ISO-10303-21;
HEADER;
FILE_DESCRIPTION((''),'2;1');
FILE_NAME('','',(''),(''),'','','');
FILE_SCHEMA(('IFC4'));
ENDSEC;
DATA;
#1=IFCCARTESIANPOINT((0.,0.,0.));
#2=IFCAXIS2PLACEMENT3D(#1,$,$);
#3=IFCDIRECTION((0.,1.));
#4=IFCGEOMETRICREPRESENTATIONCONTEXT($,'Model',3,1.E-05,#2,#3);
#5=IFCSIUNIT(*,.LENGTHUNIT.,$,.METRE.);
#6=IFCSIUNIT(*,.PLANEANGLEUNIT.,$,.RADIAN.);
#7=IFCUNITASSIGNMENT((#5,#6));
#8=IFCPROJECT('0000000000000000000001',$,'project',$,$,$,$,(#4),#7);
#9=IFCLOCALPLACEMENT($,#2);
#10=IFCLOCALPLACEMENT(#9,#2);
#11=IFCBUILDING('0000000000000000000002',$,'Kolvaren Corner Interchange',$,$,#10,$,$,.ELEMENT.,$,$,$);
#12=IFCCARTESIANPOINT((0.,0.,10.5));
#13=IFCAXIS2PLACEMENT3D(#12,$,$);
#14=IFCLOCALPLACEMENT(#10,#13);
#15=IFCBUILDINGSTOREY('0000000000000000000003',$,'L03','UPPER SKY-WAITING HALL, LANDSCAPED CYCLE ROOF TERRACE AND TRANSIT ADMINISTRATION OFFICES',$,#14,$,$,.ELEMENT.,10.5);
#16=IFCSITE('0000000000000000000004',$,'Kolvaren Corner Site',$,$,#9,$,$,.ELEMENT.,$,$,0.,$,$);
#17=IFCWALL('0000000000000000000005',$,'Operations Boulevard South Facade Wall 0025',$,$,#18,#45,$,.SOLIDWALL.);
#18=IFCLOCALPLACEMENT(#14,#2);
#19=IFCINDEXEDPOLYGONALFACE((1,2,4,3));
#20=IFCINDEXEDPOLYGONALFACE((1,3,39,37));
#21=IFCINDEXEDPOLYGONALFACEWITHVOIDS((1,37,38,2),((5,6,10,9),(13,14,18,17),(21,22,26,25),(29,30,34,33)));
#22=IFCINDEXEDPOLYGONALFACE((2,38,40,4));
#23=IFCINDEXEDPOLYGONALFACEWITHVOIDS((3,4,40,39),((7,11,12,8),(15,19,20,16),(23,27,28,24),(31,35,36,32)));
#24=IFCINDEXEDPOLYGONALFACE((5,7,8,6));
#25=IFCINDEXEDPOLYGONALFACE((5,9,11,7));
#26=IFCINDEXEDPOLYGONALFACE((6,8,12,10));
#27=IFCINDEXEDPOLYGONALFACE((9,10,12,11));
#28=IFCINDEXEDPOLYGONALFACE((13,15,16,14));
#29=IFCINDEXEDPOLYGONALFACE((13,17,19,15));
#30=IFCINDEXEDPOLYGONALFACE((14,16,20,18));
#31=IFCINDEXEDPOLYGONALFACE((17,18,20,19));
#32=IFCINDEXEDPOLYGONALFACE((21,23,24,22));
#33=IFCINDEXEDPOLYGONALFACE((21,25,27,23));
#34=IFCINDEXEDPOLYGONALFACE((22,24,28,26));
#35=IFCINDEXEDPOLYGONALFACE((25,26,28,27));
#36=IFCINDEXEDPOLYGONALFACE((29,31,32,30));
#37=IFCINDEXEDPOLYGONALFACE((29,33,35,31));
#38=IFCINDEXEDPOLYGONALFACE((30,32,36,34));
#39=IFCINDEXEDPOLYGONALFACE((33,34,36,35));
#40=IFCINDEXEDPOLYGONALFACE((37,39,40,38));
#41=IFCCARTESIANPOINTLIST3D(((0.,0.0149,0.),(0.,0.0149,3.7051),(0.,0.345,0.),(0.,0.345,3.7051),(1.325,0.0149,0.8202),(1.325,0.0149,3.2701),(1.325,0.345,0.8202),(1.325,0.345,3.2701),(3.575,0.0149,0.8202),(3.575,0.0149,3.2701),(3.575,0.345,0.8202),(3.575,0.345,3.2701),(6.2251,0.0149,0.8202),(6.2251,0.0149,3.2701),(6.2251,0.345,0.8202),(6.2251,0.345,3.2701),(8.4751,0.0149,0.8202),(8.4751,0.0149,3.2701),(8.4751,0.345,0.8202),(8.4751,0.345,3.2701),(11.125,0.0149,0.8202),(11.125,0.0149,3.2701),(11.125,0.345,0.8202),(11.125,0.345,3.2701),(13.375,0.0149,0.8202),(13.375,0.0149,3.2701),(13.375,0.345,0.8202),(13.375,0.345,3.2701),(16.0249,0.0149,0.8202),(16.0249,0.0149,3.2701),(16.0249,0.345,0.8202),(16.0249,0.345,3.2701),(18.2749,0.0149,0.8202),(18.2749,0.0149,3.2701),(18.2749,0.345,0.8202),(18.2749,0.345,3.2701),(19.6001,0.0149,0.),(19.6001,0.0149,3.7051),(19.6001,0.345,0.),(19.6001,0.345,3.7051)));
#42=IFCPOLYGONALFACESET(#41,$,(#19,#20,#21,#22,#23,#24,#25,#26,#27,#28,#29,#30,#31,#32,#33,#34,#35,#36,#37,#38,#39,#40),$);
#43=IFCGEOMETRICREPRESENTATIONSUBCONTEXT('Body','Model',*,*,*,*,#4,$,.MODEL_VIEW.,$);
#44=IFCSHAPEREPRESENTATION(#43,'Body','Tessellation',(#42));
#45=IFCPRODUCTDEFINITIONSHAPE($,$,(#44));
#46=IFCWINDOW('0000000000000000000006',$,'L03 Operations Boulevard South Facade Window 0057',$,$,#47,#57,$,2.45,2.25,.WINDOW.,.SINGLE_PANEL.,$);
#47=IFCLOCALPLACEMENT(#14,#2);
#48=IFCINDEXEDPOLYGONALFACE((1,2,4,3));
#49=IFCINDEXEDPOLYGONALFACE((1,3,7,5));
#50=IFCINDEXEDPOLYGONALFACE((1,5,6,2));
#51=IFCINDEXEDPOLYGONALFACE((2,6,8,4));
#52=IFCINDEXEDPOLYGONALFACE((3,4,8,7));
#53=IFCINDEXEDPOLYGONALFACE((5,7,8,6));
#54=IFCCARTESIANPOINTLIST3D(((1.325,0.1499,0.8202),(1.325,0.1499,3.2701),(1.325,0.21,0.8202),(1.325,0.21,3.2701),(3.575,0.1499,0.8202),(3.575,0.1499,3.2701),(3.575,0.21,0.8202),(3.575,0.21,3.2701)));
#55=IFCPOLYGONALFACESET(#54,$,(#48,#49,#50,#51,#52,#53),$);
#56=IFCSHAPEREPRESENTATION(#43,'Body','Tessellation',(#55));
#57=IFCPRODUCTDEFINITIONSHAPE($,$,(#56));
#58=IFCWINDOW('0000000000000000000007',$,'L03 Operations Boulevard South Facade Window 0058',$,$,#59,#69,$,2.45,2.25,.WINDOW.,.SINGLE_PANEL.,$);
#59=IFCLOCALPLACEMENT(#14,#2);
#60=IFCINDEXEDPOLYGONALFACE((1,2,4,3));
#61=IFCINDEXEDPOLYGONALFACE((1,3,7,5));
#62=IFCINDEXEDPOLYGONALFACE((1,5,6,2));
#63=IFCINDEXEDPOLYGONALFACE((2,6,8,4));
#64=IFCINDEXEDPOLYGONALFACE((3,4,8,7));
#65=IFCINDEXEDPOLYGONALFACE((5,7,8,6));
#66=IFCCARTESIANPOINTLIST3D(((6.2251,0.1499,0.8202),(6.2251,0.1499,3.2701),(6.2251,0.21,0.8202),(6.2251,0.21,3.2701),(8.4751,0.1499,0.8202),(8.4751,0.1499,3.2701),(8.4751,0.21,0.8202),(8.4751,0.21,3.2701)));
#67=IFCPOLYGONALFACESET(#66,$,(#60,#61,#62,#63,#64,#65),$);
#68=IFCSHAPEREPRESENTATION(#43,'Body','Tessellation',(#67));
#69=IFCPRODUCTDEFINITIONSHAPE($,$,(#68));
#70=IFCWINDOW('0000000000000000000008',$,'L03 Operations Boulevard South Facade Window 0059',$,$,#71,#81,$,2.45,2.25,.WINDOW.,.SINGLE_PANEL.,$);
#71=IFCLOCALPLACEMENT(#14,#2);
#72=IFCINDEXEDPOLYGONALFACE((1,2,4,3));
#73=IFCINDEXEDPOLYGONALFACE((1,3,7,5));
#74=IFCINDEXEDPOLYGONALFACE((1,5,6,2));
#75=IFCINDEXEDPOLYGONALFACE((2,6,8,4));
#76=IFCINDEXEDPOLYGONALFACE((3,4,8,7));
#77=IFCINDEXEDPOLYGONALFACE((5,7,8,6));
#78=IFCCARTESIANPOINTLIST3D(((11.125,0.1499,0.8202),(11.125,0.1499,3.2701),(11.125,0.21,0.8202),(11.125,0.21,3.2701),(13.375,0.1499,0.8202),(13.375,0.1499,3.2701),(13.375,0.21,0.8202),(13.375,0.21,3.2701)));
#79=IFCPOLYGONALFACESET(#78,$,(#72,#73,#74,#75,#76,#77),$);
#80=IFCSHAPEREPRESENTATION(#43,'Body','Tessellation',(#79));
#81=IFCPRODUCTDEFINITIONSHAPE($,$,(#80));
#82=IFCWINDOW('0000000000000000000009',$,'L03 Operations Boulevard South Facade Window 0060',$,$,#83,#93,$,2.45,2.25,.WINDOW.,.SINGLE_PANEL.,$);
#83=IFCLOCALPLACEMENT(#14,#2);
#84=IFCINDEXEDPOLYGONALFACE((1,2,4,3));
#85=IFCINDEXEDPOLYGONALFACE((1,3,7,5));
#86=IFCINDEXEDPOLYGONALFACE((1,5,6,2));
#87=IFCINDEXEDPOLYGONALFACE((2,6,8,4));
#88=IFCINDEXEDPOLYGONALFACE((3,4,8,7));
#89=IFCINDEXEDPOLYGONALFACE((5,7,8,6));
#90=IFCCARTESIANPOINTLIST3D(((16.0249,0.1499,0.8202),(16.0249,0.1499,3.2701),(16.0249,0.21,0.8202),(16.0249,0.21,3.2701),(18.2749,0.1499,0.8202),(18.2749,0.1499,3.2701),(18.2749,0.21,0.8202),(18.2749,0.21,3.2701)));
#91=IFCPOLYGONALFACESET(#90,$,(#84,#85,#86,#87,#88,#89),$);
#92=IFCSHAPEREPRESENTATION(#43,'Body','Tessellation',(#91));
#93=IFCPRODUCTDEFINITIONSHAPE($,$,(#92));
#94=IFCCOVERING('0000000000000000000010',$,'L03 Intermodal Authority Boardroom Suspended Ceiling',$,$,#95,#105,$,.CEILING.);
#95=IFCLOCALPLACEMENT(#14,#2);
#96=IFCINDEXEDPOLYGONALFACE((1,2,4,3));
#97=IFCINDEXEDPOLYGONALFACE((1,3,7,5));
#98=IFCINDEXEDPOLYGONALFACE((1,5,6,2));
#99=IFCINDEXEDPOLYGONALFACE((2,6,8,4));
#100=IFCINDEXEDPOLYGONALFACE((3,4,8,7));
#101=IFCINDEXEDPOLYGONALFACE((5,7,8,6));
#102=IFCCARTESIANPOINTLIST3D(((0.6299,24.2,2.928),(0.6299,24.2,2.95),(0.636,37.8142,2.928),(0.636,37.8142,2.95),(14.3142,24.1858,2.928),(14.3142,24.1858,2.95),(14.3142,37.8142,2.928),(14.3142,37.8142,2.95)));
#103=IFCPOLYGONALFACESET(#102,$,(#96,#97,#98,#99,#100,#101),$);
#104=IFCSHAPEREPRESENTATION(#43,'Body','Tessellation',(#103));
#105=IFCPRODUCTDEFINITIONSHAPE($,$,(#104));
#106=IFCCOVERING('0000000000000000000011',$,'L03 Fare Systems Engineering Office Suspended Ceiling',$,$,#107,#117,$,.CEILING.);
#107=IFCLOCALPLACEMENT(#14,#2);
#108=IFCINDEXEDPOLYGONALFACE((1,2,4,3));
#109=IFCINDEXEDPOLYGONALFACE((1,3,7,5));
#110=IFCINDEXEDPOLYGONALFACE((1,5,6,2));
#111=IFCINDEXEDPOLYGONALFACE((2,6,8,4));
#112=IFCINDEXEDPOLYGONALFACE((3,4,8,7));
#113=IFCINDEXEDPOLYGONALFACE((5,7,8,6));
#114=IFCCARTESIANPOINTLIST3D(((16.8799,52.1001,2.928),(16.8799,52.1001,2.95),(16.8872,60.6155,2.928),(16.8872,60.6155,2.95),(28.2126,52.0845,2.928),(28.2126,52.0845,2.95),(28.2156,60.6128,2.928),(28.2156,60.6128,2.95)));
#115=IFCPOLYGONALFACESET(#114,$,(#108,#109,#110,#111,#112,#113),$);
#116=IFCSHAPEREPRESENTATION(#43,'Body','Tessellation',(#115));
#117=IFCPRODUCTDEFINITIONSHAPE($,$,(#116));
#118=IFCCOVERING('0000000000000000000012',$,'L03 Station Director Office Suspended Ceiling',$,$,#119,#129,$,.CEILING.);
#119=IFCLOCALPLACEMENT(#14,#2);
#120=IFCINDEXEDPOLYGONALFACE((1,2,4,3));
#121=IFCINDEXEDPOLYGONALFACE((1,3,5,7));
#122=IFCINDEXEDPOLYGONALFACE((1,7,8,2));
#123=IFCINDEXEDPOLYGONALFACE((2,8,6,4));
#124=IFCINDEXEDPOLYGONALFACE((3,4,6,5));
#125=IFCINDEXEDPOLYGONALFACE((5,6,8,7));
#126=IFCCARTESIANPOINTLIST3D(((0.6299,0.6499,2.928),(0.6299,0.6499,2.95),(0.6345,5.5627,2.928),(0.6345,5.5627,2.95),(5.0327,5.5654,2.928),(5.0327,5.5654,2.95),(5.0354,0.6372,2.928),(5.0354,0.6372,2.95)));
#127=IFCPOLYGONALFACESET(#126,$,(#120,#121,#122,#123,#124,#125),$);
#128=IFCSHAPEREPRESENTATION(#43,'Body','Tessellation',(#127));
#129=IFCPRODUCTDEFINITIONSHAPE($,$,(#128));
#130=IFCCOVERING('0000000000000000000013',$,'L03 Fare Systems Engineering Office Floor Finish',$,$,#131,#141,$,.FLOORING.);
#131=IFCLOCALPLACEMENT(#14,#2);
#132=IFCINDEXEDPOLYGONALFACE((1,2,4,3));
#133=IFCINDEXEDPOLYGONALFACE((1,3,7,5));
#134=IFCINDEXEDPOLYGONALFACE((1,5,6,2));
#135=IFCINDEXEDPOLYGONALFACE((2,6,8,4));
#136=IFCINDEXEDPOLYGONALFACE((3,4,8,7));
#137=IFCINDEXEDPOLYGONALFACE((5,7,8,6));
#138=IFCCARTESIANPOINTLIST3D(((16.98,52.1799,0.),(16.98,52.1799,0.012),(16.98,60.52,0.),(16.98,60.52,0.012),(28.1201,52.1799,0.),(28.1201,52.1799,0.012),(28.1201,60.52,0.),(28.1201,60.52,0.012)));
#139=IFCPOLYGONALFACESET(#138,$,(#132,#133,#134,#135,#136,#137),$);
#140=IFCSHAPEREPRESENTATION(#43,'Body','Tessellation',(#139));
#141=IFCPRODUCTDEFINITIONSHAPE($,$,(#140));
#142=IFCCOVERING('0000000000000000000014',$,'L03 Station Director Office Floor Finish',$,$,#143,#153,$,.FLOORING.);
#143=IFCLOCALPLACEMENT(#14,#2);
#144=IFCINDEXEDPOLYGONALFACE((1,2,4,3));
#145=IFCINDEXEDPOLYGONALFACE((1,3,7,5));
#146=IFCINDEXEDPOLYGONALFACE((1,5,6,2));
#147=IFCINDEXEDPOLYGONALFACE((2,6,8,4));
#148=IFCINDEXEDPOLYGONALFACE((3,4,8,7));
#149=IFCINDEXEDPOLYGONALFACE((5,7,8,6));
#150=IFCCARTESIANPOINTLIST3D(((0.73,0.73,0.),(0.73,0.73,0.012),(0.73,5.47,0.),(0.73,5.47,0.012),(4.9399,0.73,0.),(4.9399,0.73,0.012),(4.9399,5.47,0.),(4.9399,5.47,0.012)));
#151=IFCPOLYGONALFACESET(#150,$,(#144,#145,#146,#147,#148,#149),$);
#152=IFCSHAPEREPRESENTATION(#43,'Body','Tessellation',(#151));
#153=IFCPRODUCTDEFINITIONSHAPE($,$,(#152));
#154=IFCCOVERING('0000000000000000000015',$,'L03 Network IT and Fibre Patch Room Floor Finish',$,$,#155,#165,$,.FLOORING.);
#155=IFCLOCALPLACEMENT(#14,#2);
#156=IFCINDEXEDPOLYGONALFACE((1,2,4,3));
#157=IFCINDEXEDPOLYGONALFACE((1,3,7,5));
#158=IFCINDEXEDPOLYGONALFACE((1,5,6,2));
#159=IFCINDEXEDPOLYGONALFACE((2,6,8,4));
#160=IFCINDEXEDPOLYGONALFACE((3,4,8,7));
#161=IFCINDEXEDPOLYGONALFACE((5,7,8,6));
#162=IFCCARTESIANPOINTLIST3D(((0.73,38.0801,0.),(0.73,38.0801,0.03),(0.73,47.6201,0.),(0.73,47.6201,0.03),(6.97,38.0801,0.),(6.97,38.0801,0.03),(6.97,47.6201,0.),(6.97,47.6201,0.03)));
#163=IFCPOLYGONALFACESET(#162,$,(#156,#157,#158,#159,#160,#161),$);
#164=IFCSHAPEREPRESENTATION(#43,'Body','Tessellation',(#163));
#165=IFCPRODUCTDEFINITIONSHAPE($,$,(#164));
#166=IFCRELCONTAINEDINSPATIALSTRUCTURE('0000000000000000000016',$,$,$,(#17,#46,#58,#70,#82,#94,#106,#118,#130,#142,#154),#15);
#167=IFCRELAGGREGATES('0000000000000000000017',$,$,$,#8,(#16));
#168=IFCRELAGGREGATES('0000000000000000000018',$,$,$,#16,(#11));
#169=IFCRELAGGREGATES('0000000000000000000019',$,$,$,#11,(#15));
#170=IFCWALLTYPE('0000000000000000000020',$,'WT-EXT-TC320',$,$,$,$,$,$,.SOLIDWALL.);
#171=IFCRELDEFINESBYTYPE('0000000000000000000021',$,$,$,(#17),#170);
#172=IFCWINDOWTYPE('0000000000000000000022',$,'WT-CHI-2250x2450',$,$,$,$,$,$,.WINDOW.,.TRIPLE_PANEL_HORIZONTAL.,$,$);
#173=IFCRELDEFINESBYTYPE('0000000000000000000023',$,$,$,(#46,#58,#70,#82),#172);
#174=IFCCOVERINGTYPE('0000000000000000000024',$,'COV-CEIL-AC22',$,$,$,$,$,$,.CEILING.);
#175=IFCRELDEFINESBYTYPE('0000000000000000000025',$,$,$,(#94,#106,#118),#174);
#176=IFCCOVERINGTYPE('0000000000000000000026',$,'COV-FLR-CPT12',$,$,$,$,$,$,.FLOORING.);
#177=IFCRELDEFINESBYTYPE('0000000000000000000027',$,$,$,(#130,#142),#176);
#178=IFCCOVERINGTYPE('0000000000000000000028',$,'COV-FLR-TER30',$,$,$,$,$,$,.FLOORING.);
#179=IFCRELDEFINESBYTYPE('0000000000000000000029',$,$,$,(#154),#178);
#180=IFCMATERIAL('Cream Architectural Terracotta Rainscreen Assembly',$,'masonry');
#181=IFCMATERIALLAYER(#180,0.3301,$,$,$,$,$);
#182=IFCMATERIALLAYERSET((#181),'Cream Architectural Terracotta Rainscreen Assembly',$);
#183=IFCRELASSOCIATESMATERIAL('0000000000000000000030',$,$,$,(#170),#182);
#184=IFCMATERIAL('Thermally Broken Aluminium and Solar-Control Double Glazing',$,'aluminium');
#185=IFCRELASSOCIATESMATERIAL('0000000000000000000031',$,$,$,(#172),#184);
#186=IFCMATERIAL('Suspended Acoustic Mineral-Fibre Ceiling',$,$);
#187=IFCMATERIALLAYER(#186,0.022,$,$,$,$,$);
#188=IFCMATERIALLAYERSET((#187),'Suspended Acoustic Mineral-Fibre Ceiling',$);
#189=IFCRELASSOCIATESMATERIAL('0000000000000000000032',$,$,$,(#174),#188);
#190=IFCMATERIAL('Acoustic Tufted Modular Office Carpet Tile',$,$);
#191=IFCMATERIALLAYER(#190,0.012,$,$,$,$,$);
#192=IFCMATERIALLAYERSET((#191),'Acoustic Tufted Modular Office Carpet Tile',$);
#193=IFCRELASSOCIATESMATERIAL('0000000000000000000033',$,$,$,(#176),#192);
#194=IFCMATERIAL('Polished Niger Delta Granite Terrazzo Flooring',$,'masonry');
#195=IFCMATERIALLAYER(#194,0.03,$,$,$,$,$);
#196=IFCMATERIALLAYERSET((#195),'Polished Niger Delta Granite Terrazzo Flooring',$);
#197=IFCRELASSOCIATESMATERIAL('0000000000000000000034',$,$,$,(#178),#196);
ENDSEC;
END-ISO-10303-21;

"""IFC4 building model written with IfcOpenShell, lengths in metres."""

from ifc_helpers import new_model, si_unit, direction, frame, frame_2d, origin, place, context, subcontext, project, spatial, polyline, rectangle, outline, extrude, material, layer, layer_set, type_object, element, fill, save


model = new_model("IFC4")

# Units and contexts
model_context = context("Model", 3, precision=1e-05, world=origin(), true_north=direction((0.0, 1.0)))
body_context = subcontext(model_context, "Body", "Model", "MODEL_VIEW")
ifc_project = project(units=[si_unit("LENGTHUNIT", "METRE"), si_unit("PLANEANGLEUNIT", "RADIAN")], contexts=[model_context])

# Site, building, storey
site_placement = place(None, origin())
site = spatial("IfcSite", under=ifc_project, at=site_placement, Name="Kolvaren Corner Site", CompositionType="ELEMENT", RefElevation=0.0)
building_placement = place(site_placement, origin())
building = spatial("IfcBuilding", under=site, at=building_placement, Name="Kolvaren Corner Interchange", CompositionType="ELEMENT")
storey_placement = place(building_placement, frame((0.0, 0.0, 10.5)))
storey = spatial("IfcBuildingStorey", under=building, at=storey_placement, Name="L03", Description="UPPER SKY-WAITING HALL, LANDSCAPED CYCLE ROOF TERRACE AND TRANSIT ADMINISTRATION OFFICES", CompositionType="ELEMENT", Elevation=10.5)

# Wall, openings, windows
ifc_material_1 = material(Name="Cream Architectural Terracotta Rainscreen Assembly", Category="masonry")
ifc_layer_1 = layer(ifc_material_1, 0.3301)
ifc_layer_set_1 = layer_set([ifc_layer_1], Name="Cream Architectural Terracotta Rainscreen Assembly")
wall_type = type_object("IfcWallType", Name="WT-EXT-TC320", PredefinedType="SOLIDWALL", material=ifc_layer_set_1)
wall_placement = place(storey_placement, frame((0.0, 0.1799, 0.0), z_axis=(0.0, 0.0, 1.0), x_axis=(1.0, 0.0, 0.0)))
wall = element("IfcWall", 1, at=wall_placement, inside=storey, type_object=wall_type, Name="Operations Boulevard South Facade Wall 0025", PredefinedType="SOLIDWALL", context=body_context, shape_type="SweptSolid", body=[
    extrude(rectangle(XDim=19.6001, YDim=0.3301, at=frame_2d((9.8, 0.0))), origin(), (0.0, 0.0, 1.0), 3.7051),
])
opening_1_placement = place(wall_placement, frame((1.325, 0.0, 0.8201)))
opening_1 = element("IfcOpeningElement", 2, at=opening_1_placement, cuts=wall, PredefinedType="OPENING", context=body_context, shape_type="SweptSolid", body=[
    extrude(rectangle(XDim=2.25, YDim=2.45, at=frame_2d((1.125, 1.2251))), frame((0.0, 0.175, 0.0), z_axis=(0.0, -1.0, 0.0), x_axis=(1.0, 0.0, 0.0)), (0.0, 0.0, 1.0), 0.3501),
])
opening_2_placement = place(wall_placement, frame((6.2251, 0.0, 0.8201)))
opening_2 = element("IfcOpeningElement", 3, at=opening_2_placement, cuts=wall, PredefinedType="OPENING", context=body_context, shape_type="SweptSolid", body=[
    extrude(rectangle(XDim=2.25, YDim=2.45, at=frame_2d((1.125, 1.2251))), frame((0.0, 0.175, 0.0), z_axis=(0.0, -1.0, 0.0), x_axis=(1.0, 0.0, 0.0)), (0.0, 0.0, 1.0), 0.3501),
])
opening_3_placement = place(wall_placement, frame((11.125, 0.0, 0.8201)))
opening_3 = element("IfcOpeningElement", 4, at=opening_3_placement, cuts=wall, PredefinedType="OPENING", context=body_context, shape_type="SweptSolid", body=[
    extrude(rectangle(XDim=2.25, YDim=2.45, at=frame_2d((1.125, 1.2251))), frame((0.0, 0.175, 0.0), z_axis=(0.0, -1.0, 0.0), x_axis=(1.0, 0.0, 0.0)), (0.0, 0.0, 1.0), 0.3501),
])
opening_4_placement = place(wall_placement, frame((16.0249, 0.0, 0.8201)))
opening_4 = element("IfcOpeningElement", 5, at=opening_4_placement, cuts=wall, PredefinedType="OPENING", context=body_context, shape_type="SweptSolid", body=[
    extrude(rectangle(XDim=2.25, YDim=2.45, at=frame_2d((1.125, 1.2251))), frame((0.0, 0.175, 0.0), z_axis=(0.0, -1.0, 0.0), x_axis=(1.0, 0.0, 0.0)), (0.0, 0.0, 1.0), 0.3501),
])
ifc_material_2 = material(Name="Thermally Broken Aluminium and Solar-Control Double Glazing", Category="aluminium")
window_type = type_object("IfcWindowType", Name="WT-CHI-2250x2450", PartitioningType="TRIPLE_PANEL_HORIZONTAL", PredefinedType="WINDOW", material=ifc_material_2)
window_1_placement = place(opening_1_placement, origin())
window_1 = element("IfcWindow", 6, at=window_1_placement, inside=storey, type_object=window_type, Name="L03 Operations Boulevard South Facade Window 0057", OverallHeight=2.45, OverallWidth=2.25, PartitioningType="SINGLE_PANEL", PredefinedType="WINDOW", context=body_context, shape_type="SweptSolid", body=[
    extrude(rectangle(XDim=2.25, YDim=2.45, at=frame_2d((1.125, 1.2251))), frame((0.0, 0.03, 0.0), z_axis=(0.0, -1.0, 0.0), x_axis=(1.0, 0.0, 0.0)), (0.0, 0.0, 1.0), 0.0601),
])
fill(opening_1, window_1)
window_2_placement = place(opening_2_placement, origin())
window_2 = element("IfcWindow", 7, at=window_2_placement, inside=storey, type_object=window_type, Name="L03 Operations Boulevard South Facade Window 0058", OverallHeight=2.45, OverallWidth=2.25, PartitioningType="SINGLE_PANEL", PredefinedType="WINDOW", context=body_context, shape_type="SweptSolid", body=[
    extrude(rectangle(XDim=2.25, YDim=2.45, at=frame_2d((1.125, 1.2251))), frame((0.0, 0.03, 0.0), z_axis=(0.0, -1.0, 0.0), x_axis=(1.0, 0.0, 0.0)), (0.0, 0.0, 1.0), 0.0601),
])
fill(opening_2, window_2)
window_3_placement = place(opening_3_placement, origin())
window_3 = element("IfcWindow", 8, at=window_3_placement, inside=storey, type_object=window_type, Name="L03 Operations Boulevard South Facade Window 0059", OverallHeight=2.45, OverallWidth=2.25, PartitioningType="SINGLE_PANEL", PredefinedType="WINDOW", context=body_context, shape_type="SweptSolid", body=[
    extrude(rectangle(XDim=2.25, YDim=2.45, at=frame_2d((1.125, 1.2251))), frame((0.0, 0.03, 0.0), z_axis=(0.0, -1.0, 0.0), x_axis=(1.0, 0.0, 0.0)), (0.0, 0.0, 1.0), 0.0601),
])
fill(opening_3, window_3)
window_4_placement = place(opening_4_placement, origin())
window_4 = element("IfcWindow", 9, at=window_4_placement, inside=storey, type_object=window_type, Name="L03 Operations Boulevard South Facade Window 0060", OverallHeight=2.45, OverallWidth=2.25, PartitioningType="SINGLE_PANEL", PredefinedType="WINDOW", context=body_context, shape_type="SweptSolid", body=[
    extrude(rectangle(XDim=2.25, YDim=2.45, at=frame_2d((1.125, 1.2251))), frame((0.0, 0.03, 0.0), z_axis=(0.0, -1.0, 0.0), x_axis=(1.0, 0.0, 0.0)), (0.0, 0.0, 1.0), 0.0601),
])
fill(opening_4, window_4)

# Coverings
ifc_material_3 = material(Name="Suspended Acoustic Mineral-Fibre Ceiling")
ifc_layer_2 = layer(ifc_material_3, 0.022)
ifc_layer_set_2 = layer_set([ifc_layer_2], Name="Suspended Acoustic Mineral-Fibre Ceiling")
covering_type_1 = type_object("IfcCoveringType", Name="COV-CEIL-AC22", PredefinedType="CEILING", material=ifc_layer_set_2)
covering_1_placement = place(storey_placement, frame((0.0, 0.0, 2.928)))
element("IfcCovering", 10, at=covering_1_placement, inside=storey, type_object=covering_type_1, Name="L03 Intermodal Authority Boardroom Suspended Ceiling", PredefinedType="CEILING", context=body_context, shape_type="SweptSolid", body=[
    extrude(outline(polyline([(0.6299, 24.2), (14.3142, 24.1858), (14.3142, 37.8142), (0.636, 37.8142), (0.6299, 24.2)])), origin(), (0.0, 0.0, 1.0), 0.022),
])
covering_2_placement = place(storey_placement, frame((0.0, 0.0, 2.928)))
element("IfcCovering", 11, at=covering_2_placement, inside=storey, type_object=covering_type_1, Name="L03 Fare Systems Engineering Office Suspended Ceiling", PredefinedType="CEILING", context=body_context, shape_type="SweptSolid", body=[
    extrude(outline(polyline([(16.8799, 52.1001), (28.2126, 52.0845), (28.2156, 60.6128), (16.8872, 60.6155), (16.8799, 52.1001)])), origin(), (0.0, 0.0, 1.0), 0.022),
])
covering_3_placement = place(storey_placement, frame((0.0, 0.0, 2.928)))
element("IfcCovering", 12, at=covering_3_placement, inside=storey, type_object=covering_type_1, Name="L03 Station Director Office Suspended Ceiling", PredefinedType="CEILING", context=body_context, shape_type="SweptSolid", body=[
    extrude(outline(polyline([(0.6299, 0.6499), (5.0354, 0.6372), (5.0327, 5.5654), (0.6345, 5.5627), (0.6299, 0.6499)])), origin(), (0.0, 0.0, 1.0), 0.022),
])
ifc_material_4 = material(Name="Acoustic Tufted Modular Office Carpet Tile")
ifc_layer_3 = layer(ifc_material_4, 0.012)
ifc_layer_set_3 = layer_set([ifc_layer_3], Name="Acoustic Tufted Modular Office Carpet Tile")
covering_type_2 = type_object("IfcCoveringType", Name="COV-FLR-CPT12", PredefinedType="FLOORING", material=ifc_layer_set_3)
covering_4_placement = place(storey_placement, origin())
element("IfcCovering", 13, at=covering_4_placement, inside=storey, type_object=covering_type_2, Name="L03 Fare Systems Engineering Office Floor Finish", PredefinedType="FLOORING", context=body_context, shape_type="SweptSolid", body=[
    extrude(outline(polyline([(16.98, 52.1799), (28.1201, 52.1799), (28.1201, 60.52), (16.98, 60.52), (16.98, 52.1799)])), origin(), (0.0, 0.0, 1.0), 0.012),
])
covering_5_placement = place(storey_placement, origin())
element("IfcCovering", 14, at=covering_5_placement, inside=storey, type_object=covering_type_2, Name="L03 Station Director Office Floor Finish", PredefinedType="FLOORING", context=body_context, shape_type="SweptSolid", body=[
    extrude(outline(polyline([(0.73, 0.73), (4.9399, 0.73), (4.9399, 5.47), (0.73, 5.47), (0.73, 0.73)])), origin(), (0.0, 0.0, 1.0), 0.012),
])
ifc_material_5 = material(Name="Polished Niger Delta Granite Terrazzo Flooring", Category="masonry")
ifc_layer_4 = layer(ifc_material_5, 0.03)
ifc_layer_set_4 = layer_set([ifc_layer_4], Name="Polished Niger Delta Granite Terrazzo Flooring")
covering_type_3 = type_object("IfcCoveringType", Name="COV-FLR-TER30", PredefinedType="FLOORING", material=ifc_layer_set_4)
covering_6_placement = place(storey_placement, origin())
element("IfcCovering", 15, at=covering_6_placement, inside=storey, type_object=covering_type_3, Name="L03 Network IT and Fibre Patch Room Floor Finish", PredefinedType="FLOORING", context=body_context, shape_type="SweptSolid", body=[
    extrude(outline(polyline([(0.73, 38.0801), (6.97, 38.0801), (6.97, 47.6201), (0.73, 47.6201), (0.73, 38.0801)])), origin(), (0.0, 0.0, 1.0), 0.03),
])

save(model, "model.ifc")
